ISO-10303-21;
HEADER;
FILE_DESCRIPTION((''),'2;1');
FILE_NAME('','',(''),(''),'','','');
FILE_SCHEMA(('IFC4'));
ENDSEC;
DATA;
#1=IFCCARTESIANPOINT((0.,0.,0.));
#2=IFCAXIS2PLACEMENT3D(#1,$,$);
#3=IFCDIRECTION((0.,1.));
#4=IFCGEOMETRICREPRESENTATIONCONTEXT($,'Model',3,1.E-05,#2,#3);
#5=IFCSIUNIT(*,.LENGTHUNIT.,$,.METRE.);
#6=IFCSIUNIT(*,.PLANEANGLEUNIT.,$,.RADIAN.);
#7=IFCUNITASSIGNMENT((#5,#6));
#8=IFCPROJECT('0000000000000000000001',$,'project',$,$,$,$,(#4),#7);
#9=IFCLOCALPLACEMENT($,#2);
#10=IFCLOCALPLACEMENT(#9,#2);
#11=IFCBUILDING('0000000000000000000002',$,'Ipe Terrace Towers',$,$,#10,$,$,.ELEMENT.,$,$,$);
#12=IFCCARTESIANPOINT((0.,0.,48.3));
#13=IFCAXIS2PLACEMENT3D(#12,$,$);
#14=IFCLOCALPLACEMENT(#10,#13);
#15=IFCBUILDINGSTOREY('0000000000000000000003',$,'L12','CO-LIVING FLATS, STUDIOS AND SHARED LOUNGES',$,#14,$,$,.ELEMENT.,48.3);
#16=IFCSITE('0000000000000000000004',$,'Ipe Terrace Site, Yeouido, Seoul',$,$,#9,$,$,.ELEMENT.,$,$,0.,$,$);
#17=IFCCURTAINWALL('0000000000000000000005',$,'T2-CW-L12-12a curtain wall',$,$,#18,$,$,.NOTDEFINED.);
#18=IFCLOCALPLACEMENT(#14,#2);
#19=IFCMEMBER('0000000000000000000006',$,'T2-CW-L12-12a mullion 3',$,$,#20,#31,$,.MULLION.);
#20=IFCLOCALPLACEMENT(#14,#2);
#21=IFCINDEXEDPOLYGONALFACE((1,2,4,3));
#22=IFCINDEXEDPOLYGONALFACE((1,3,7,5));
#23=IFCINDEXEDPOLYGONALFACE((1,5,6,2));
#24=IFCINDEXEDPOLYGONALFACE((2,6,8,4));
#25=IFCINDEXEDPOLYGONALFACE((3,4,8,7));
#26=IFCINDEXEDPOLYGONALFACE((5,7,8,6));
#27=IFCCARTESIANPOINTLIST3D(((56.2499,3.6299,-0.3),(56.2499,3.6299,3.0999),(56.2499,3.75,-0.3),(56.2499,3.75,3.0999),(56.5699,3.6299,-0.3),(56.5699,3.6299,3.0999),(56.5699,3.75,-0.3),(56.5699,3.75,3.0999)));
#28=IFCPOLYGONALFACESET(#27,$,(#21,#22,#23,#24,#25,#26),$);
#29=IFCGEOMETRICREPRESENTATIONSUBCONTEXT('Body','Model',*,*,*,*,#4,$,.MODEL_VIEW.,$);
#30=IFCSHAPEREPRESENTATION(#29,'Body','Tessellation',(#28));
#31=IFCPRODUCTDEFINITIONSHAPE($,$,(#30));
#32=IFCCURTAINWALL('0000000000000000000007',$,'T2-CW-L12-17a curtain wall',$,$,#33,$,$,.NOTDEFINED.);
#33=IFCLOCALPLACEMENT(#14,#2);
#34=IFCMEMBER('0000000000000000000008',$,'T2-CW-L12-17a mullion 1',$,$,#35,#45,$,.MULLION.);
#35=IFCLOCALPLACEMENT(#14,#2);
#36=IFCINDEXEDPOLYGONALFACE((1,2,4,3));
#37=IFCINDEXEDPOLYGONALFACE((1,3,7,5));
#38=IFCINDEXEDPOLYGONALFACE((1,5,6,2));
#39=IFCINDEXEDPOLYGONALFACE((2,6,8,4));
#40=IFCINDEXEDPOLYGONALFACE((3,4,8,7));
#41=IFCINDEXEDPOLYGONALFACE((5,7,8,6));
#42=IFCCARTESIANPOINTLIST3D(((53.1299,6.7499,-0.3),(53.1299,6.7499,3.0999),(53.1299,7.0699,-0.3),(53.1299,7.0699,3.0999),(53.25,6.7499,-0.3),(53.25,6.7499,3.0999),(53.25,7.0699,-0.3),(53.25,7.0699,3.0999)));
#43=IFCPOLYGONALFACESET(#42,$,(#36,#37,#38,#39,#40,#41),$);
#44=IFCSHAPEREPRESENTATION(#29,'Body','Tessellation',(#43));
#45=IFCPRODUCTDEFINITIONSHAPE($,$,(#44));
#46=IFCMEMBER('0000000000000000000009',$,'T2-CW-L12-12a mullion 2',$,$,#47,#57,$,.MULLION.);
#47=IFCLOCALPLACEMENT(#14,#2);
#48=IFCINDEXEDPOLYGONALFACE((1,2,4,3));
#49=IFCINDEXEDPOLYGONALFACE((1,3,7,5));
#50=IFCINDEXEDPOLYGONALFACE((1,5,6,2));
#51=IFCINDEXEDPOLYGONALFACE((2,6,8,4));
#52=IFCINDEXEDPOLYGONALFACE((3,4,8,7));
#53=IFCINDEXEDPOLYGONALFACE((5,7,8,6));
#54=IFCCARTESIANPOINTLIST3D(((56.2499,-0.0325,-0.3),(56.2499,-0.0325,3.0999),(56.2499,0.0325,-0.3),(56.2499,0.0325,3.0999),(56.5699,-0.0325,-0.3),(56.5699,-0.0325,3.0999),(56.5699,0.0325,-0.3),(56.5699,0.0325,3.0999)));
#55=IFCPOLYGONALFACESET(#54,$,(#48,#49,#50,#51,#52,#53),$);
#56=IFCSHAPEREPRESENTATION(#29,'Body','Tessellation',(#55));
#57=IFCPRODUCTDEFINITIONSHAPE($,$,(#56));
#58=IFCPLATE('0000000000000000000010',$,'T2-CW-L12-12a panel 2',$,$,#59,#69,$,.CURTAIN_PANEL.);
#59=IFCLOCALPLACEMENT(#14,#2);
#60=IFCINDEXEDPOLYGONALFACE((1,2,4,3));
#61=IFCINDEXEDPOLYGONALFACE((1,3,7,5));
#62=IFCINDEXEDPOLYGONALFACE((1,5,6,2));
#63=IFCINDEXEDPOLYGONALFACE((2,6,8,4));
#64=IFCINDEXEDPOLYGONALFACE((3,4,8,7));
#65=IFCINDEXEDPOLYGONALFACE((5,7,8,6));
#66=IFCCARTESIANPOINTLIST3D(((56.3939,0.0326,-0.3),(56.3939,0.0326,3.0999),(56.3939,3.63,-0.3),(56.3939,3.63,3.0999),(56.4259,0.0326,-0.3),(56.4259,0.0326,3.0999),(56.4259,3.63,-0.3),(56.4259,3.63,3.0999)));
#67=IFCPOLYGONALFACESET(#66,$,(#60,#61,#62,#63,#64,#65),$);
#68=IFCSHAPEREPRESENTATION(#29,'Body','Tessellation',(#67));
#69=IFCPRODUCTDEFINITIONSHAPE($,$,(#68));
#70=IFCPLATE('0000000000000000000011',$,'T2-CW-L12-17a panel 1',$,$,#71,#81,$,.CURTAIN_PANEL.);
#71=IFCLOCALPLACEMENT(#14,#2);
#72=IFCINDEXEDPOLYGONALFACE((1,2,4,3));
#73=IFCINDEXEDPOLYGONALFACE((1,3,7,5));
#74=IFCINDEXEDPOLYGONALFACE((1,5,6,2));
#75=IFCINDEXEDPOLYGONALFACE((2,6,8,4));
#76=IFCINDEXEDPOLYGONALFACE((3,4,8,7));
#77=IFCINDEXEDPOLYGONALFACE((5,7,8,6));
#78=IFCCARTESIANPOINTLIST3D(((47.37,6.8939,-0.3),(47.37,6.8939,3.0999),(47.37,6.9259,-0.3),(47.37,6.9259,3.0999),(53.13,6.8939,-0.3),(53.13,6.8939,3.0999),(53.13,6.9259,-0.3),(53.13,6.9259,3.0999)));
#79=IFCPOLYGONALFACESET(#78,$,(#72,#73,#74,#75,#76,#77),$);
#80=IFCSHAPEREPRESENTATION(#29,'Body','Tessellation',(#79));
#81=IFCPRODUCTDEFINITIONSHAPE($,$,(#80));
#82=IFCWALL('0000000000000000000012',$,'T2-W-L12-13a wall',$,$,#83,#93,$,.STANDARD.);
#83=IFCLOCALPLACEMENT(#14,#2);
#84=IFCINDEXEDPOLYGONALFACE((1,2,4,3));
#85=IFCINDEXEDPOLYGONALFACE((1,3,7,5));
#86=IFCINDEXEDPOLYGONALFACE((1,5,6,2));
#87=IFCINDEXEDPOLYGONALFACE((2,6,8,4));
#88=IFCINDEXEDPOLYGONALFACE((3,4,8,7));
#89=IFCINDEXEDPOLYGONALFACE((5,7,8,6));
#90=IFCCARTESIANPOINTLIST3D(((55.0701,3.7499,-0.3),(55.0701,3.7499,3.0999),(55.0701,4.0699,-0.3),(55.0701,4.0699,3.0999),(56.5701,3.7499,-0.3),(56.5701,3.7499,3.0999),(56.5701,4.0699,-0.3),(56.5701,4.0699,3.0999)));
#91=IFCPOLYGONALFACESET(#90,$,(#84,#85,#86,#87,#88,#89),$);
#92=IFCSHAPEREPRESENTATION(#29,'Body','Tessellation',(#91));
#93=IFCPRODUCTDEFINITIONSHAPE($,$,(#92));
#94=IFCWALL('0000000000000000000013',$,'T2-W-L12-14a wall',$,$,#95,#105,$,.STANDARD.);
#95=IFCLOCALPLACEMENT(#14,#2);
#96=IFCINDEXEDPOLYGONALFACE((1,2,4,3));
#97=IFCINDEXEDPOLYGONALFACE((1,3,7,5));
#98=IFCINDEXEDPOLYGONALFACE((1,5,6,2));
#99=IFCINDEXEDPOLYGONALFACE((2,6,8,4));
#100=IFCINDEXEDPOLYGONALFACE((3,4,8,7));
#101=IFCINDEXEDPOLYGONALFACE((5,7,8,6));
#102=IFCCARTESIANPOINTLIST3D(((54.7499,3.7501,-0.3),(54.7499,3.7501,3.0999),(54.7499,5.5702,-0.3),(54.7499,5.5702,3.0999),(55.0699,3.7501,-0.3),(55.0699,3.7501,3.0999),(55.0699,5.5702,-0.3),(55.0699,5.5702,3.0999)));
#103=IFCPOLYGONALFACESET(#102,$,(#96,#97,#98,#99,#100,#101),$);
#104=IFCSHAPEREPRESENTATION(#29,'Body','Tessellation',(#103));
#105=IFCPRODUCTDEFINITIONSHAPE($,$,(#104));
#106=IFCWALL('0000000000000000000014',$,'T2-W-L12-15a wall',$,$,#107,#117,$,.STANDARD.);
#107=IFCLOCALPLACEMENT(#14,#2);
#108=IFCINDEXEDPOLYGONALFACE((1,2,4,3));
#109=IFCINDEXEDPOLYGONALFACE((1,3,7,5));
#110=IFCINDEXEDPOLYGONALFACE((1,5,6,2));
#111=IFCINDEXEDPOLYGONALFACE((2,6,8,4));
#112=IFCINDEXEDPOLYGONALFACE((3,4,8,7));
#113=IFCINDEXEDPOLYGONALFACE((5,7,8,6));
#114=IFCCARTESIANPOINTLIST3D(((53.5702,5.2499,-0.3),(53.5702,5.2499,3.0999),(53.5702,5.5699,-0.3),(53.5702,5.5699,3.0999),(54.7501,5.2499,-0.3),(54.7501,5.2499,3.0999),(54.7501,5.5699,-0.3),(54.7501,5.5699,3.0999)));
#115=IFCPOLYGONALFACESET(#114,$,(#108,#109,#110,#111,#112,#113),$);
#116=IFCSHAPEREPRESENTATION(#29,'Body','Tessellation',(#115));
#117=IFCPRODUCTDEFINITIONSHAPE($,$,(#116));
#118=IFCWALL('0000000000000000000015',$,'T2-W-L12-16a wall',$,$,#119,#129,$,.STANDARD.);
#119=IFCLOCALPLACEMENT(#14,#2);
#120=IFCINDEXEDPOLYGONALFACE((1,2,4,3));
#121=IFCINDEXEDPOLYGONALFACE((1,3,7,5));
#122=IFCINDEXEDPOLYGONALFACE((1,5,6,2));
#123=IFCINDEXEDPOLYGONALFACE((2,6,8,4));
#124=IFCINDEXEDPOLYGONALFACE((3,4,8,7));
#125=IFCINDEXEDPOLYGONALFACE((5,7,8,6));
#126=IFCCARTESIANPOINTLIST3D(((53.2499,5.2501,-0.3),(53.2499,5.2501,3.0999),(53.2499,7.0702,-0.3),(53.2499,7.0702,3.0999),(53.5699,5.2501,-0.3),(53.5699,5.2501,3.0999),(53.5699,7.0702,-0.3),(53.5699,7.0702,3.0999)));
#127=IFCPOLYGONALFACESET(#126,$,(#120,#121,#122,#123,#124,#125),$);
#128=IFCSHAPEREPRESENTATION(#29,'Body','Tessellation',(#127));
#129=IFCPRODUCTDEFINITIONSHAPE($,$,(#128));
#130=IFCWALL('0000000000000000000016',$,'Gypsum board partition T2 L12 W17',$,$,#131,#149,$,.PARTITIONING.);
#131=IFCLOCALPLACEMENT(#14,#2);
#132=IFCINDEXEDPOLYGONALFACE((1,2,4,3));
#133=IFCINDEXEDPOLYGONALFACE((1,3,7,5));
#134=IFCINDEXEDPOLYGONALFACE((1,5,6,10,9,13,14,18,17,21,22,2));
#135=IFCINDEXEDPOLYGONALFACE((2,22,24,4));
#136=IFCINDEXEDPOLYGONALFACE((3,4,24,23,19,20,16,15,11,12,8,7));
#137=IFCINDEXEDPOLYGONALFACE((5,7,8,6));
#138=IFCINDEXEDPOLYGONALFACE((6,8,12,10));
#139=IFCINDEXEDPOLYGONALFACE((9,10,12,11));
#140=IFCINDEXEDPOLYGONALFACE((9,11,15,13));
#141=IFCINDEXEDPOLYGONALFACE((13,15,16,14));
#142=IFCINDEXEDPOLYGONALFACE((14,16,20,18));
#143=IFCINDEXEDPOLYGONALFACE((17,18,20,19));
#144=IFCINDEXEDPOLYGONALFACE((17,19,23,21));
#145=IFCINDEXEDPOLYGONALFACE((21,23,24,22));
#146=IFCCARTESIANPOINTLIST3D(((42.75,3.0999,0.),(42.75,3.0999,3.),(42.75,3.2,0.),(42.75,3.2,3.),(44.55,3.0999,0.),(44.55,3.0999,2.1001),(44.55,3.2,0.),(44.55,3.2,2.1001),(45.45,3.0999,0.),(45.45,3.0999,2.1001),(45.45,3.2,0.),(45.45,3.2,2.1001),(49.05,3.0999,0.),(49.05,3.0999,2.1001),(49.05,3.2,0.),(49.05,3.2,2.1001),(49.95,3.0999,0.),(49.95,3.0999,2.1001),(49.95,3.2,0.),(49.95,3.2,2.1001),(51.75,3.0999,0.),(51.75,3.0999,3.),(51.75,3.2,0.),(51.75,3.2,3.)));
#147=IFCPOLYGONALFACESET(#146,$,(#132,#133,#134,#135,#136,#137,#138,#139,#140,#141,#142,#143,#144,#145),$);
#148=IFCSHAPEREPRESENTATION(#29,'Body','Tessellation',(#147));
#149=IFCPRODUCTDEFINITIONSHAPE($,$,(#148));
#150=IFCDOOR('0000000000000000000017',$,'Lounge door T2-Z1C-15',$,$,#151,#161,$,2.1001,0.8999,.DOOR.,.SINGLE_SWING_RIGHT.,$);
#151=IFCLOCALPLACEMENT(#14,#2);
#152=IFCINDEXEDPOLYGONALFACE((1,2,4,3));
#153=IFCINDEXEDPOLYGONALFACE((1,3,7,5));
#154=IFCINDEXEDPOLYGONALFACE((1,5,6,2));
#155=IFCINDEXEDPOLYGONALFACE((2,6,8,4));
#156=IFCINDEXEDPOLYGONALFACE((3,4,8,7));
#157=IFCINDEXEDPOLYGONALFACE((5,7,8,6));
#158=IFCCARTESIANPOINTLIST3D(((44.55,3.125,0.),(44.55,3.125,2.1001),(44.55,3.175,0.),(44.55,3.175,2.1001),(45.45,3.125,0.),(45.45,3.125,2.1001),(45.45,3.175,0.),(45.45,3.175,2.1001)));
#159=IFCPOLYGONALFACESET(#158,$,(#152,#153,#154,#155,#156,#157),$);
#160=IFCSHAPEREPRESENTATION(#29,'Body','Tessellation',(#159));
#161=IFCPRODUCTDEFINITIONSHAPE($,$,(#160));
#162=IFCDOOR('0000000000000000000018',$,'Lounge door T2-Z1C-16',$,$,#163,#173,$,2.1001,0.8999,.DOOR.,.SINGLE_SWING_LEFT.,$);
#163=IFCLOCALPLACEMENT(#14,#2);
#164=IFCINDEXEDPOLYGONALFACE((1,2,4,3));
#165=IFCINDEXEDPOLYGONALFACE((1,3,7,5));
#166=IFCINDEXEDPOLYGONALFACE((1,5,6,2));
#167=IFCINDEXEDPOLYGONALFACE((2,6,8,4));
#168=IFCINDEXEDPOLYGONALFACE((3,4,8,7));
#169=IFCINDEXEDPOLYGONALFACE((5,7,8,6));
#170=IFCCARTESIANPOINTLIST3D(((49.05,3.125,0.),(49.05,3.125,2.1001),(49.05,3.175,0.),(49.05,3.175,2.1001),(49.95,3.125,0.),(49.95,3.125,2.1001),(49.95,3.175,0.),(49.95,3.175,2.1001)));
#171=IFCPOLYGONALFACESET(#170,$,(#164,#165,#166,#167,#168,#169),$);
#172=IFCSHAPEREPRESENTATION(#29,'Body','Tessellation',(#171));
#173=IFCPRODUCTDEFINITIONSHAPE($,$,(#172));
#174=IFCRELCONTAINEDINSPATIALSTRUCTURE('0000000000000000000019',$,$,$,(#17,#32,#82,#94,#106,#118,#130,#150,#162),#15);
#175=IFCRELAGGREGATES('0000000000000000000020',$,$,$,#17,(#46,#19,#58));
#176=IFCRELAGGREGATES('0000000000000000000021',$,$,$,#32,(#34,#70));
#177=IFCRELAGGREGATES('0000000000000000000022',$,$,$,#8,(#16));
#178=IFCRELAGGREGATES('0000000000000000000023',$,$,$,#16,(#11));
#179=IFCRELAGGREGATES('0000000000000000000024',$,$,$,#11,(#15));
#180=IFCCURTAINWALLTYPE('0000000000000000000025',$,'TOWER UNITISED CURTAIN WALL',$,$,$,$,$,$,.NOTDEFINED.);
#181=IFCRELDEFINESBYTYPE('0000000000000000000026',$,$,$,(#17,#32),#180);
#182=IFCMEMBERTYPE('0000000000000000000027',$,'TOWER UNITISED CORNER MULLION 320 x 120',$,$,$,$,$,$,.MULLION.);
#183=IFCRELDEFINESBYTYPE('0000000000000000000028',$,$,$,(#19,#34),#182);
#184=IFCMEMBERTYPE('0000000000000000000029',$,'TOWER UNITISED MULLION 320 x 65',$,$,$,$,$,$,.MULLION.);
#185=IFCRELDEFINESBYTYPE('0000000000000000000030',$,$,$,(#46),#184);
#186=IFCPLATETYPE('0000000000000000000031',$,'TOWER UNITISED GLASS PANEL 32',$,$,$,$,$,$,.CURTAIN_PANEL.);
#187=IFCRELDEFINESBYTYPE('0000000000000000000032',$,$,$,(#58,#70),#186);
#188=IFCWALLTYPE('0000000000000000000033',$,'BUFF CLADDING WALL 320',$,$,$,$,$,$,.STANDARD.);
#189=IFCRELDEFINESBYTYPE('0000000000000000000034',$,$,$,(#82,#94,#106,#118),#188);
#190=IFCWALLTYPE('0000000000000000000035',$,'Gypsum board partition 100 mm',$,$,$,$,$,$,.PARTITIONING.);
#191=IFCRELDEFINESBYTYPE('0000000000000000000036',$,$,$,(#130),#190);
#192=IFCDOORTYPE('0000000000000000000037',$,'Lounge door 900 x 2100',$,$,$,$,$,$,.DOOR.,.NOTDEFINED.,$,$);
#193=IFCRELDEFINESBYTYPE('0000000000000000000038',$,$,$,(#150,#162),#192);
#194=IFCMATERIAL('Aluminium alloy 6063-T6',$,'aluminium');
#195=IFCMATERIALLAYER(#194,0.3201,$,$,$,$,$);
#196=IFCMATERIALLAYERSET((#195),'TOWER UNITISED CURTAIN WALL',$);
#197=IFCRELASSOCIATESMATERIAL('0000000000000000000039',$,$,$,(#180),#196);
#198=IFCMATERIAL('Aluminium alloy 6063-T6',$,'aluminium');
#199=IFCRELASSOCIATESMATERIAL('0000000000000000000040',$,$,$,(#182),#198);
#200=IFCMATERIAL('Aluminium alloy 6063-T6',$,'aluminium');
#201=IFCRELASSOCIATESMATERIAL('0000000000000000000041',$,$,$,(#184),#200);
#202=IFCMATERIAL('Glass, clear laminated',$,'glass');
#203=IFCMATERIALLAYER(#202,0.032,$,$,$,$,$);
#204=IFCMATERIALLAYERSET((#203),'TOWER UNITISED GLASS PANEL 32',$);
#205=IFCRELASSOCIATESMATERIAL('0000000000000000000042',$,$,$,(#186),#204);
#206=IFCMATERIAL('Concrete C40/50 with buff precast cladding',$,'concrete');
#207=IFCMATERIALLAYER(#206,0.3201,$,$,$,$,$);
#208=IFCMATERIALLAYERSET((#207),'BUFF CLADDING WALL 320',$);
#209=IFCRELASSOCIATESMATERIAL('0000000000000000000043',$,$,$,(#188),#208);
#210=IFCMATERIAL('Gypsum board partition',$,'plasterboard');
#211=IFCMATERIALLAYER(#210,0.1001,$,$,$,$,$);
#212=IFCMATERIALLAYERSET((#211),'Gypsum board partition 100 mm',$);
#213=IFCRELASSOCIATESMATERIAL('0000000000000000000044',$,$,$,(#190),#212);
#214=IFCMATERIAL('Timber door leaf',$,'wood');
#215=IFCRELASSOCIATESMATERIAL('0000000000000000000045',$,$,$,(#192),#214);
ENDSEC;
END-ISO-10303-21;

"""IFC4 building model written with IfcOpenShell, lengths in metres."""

from ifc_helpers import new_model, si_unit, direction, frame, frame_2d, origin, origin_2d, place, context, subcontext, project, spatial, rectangle, extrude, material, layer, layer_set, material_profile, profile_set, type_object, element, fill, aggregate, save


model = new_model("IFC4")

# Units and contexts
model_context = context("Model", 3, precision=1e-05, world=origin(), true_north=direction((0.0, 1.0)))
body_context = subcontext(model_context, "Body", "Model", "MODEL_VIEW")
ifc_project = project(units=[si_unit("LENGTHUNIT", "METRE"), si_unit("PLANEANGLEUNIT", "RADIAN")], contexts=[model_context])

# Site, building, storey
site_placement = place(None, origin())
site = spatial("IfcSite", under=ifc_project, at=site_placement, Name="Ipe Terrace Site, Yeouido, Seoul", CompositionType="ELEMENT", RefElevation=0.0)
building_placement = place(site_placement, origin())
building = spatial("IfcBuilding", under=site, at=building_placement, Name="Ipe Terrace Towers", CompositionType="ELEMENT")
storey_placement = place(building_placement, frame((0.0, 0.0, 48.3)))
storey = spatial("IfcBuildingStorey", under=building, at=storey_placement, Name="L12", Description="CO-LIVING FLATS, STUDIOS AND SHARED LOUNGES", CompositionType="ELEMENT", Elevation=48.3)

# Curtain walls, members
ifc_material_1 = material(Name="Aluminium alloy 6063-T6", Category="aluminium")
ifc_layer_1 = layer(ifc_material_1, 0.3201)
ifc_layer_set_1 = layer_set([ifc_layer_1], Name="TOWER UNITISED CURTAIN WALL")
curtain_wall_type = type_object("IfcCurtainWallType", Name="TOWER UNITISED CURTAIN WALL", PredefinedType="NOTDEFINED", material=ifc_layer_set_1)
curtain_wall_1_placement = place(storey_placement, origin())
curtain_wall_1 = element("IfcCurtainWall", 1, at=curtain_wall_1_placement, inside=storey, type_object=curtain_wall_type, Name="T2-CW-L12-12a curtain wall", PredefinedType="NOTDEFINED")
ifc_material_2 = material(Name="Aluminium alloy 6063-T6", Category="aluminium")
ifc_material_profile_1 = material_profile(ifc_material_2, rectangle(XDim=0.3201, YDim=0.1201, at=origin_2d()), Name="TOWER UNITISED CORNER MULLION 320 x 120")
ifc_profile_set_1 = profile_set([ifc_material_profile_1], Name="Aluminium alloy 6063-T6")
member_type_1 = type_object("IfcMemberType", Name="TOWER UNITISED CORNER MULLION 320 x 120", PredefinedType="MULLION", material=ifc_profile_set_1)
member_1_placement = place(storey_placement, frame((56.4099, 3.6899, -0.3), z_axis=(0.0, 0.0, 1.0), x_axis=(1.0, 0.0, 0.0)))
member_1 = element("IfcMember", 2, at=member_1_placement, type_object=member_type_1, Name="T2-CW-L12-12a mullion 3", PredefinedType="MULLION", context=body_context, shape_type="SweptSolid", body=[
    extrude(rectangle(XDim=0.3201, YDim=0.1201, at=origin_2d()), origin(), (0.0, 0.0, 1.0), 3.3999),
])
curtain_wall_2_placement = place(storey_placement, origin())
curtain_wall_2 = element("IfcCurtainWall", 3, at=curtain_wall_2_placement, inside=storey, type_object=curtain_wall_type, Name="T2-CW-L12-17a curtain wall", PredefinedType="NOTDEFINED")
member_2_placement = place(storey_placement, frame((53.1899, 6.9099, -0.3), z_axis=(0.0, 0.0, 1.0), x_axis=(0.0, 1.0, 0.0)))
member_2 = element("IfcMember", 4, at=member_2_placement, type_object=member_type_1, Name="T2-CW-L12-17a mullion 1", PredefinedType="MULLION", context=body_context, shape_type="SweptSolid", body=[
    extrude(rectangle(XDim=0.3201, YDim=0.1201, at=origin_2d()), origin(), (0.0, 0.0, 1.0), 3.3999),
])

# Member
ifc_material_3 = material(Name="Aluminium alloy 6063-T6", Category="aluminium")
ifc_material_profile_2 = material_profile(ifc_material_3, rectangle(XDim=0.3201, YDim=0.0649, at=origin_2d()), Name="TOWER UNITISED MULLION 320 x 65")
ifc_profile_set_2 = profile_set([ifc_material_profile_2], Name="Aluminium alloy 6063-T6")
member_type_2 = type_object("IfcMemberType", Name="TOWER UNITISED MULLION 320 x 65", PredefinedType="MULLION", material=ifc_profile_set_2)
member_3_placement = place(storey_placement, frame((56.4099, 0.0, -0.3), z_axis=(0.0, 0.0, 1.0), x_axis=(1.0, 0.0, 0.0)))
member_3 = element("IfcMember", 5, at=member_3_placement, type_object=member_type_2, Name="T2-CW-L12-12a mullion 2", PredefinedType="MULLION", context=body_context, shape_type="SweptSolid", body=[
    extrude(rectangle(XDim=0.3201, YDim=0.0649, at=origin_2d()), origin(), (0.0, 0.0, 1.0), 3.3999),
])

# Plates
ifc_material_4 = material(Name="Glass, clear laminated", Category="glass")
ifc_layer_2 = layer(ifc_material_4, 0.032)
ifc_layer_set_2 = layer_set([ifc_layer_2], Name="TOWER UNITISED GLASS PANEL 32")
plate_type = type_object("IfcPlateType", Name="TOWER UNITISED GLASS PANEL 32", PredefinedType="CURTAIN_PANEL", material=ifc_layer_set_2)
plate_1_placement = place(storey_placement, frame((56.4099, 1.8313, -0.3), z_axis=(0.0, 0.0, 1.0), x_axis=(0.0, 1.0, 0.0)))
plate_1 = element("IfcPlate", 6, at=plate_1_placement, type_object=plate_type, Name="T2-CW-L12-12a panel 2", PredefinedType="CURTAIN_PANEL", context=body_context, shape_type="SweptSolid", body=[
    extrude(rectangle(XDim=3.5974, YDim=0.032, at=origin_2d()), origin(), (0.0, 0.0, 1.0), 3.3999),
])
aggregate(curtain_wall_1, [member_3, member_1, plate_1])
plate_2_placement = place(storey_placement, frame((50.25, 6.9099, -0.3), z_axis=(0.0, 0.0, 1.0), x_axis=(-1.0, 0.0, 0.0)))
plate_2 = element("IfcPlate", 7, at=plate_2_placement, type_object=plate_type, Name="T2-CW-L12-17a panel 1", PredefinedType="CURTAIN_PANEL", context=body_context, shape_type="SweptSolid", body=[
    extrude(rectangle(XDim=5.76, YDim=0.032, at=origin_2d()), origin(), (0.0, 0.0, 1.0), 3.3999),
])
aggregate(curtain_wall_2, [member_2, plate_2])

# Walls
ifc_material_5 = material(Name="Concrete C40/50 with buff precast cladding", Category="concrete")
ifc_layer_3 = layer(ifc_material_5, 0.3201)
ifc_layer_set_3 = layer_set([ifc_layer_3], Name="BUFF CLADDING WALL 320")
wall_type_1 = type_object("IfcWallType", Name="BUFF CLADDING WALL 320", PredefinedType="STANDARD", material=ifc_layer_set_3)
wall_1_placement = place(storey_placement, frame((56.5701, 3.9099, -0.3), z_axis=(0.0, 0.0, 1.0), x_axis=(-1.0, 0.0, 0.0)))
element("IfcWall", 8, at=wall_1_placement, inside=storey, type_object=wall_type_1, Name="T2-W-L12-13a wall", PredefinedType="STANDARD", context=body_context, shape_type="SweptSolid", body=[
    extrude(rectangle(XDim=1.5, YDim=0.3201, at=frame_2d((0.75, 0.0))), origin(), (0.0, 0.0, 1.0), 3.3999),
])
wall_2_placement = place(storey_placement, frame((54.9099, 3.75, -0.3), z_axis=(0.0, 0.0, 1.0), x_axis=(0.0, 1.0, 0.0)))
element("IfcWall", 9, at=wall_2_placement, inside=storey, type_object=wall_type_1, Name="T2-W-L12-14a wall", PredefinedType="STANDARD", context=body_context, shape_type="SweptSolid", body=[
    extrude(rectangle(XDim=1.8201, YDim=0.3201, at=frame_2d((0.9102, 0.0))), origin(), (0.0, 0.0, 1.0), 3.3999),
])
wall_3_placement = place(storey_placement, frame((54.75, 5.4099, -0.3), z_axis=(0.0, 0.0, 1.0), x_axis=(-1.0, 0.0, 0.0)))
element("IfcWall", 10, at=wall_3_placement, inside=storey, type_object=wall_type_1, Name="T2-W-L12-15a wall", PredefinedType="STANDARD", context=body_context, shape_type="SweptSolid", body=[
    extrude(rectangle(XDim=1.1799, YDim=0.3201, at=frame_2d((0.5898, 0.0))), origin(), (0.0, 0.0, 1.0), 3.3999),
])
wall_4_placement = place(storey_placement, frame((53.4099, 5.25, -0.3), z_axis=(0.0, 0.0, 1.0), x_axis=(0.0, 1.0, 0.0)))
element("IfcWall", 11, at=wall_4_placement, inside=storey, type_object=wall_type_1, Name="T2-W-L12-16a wall", PredefinedType="STANDARD", context=body_context, shape_type="SweptSolid", body=[
    extrude(rectangle(XDim=1.8201, YDim=0.3201, at=frame_2d((0.9102, 0.0))), origin(), (0.0, 0.0, 1.0), 3.3999),
])

# Wall, openings, doors
ifc_material_6 = material(Name="Gypsum board partition", Category="plasterboard")
ifc_layer_4 = layer(ifc_material_6, 0.1001)
ifc_layer_set_4 = layer_set([ifc_layer_4], Name="Gypsum board partition 100 mm")
wall_type_2 = type_object("IfcWallType", Name="Gypsum board partition 100 mm", PredefinedType="PARTITIONING", material=ifc_layer_set_4)
wall_5_placement = place(storey_placement, frame((51.75, 3.1499, 0.0), z_axis=(0.0, 0.0, 1.0), x_axis=(-1.0, 0.0, 0.0)))
wall_5 = element("IfcWall", 12, at=wall_5_placement, inside=storey, type_object=wall_type_2, Name="Gypsum board partition T2 L12 W17", PredefinedType="PARTITIONING", context=body_context, shape_type="SweptSolid", body=[
    extrude(rectangle(XDim=9.0, YDim=0.1001, at=frame_2d((4.5, 0.0))), origin(), (0.0, 0.0, 1.0), 3.0),
])
opening_1_placement = place(wall_5_placement, frame((6.3, 0.0, 0.0)))
opening_1 = element("IfcOpeningElement", 13, at=opening_1_placement, cuts=wall_5, PredefinedType="OPENING", context=body_context, shape_type="SweptSolid", body=[
    extrude(rectangle(XDim=0.8999, YDim=2.1001, at=frame_2d((0.45, 1.05))), frame((0.0, 0.0601, 0.0), z_axis=(0.0, -1.0, 0.0), x_axis=(1.0, 0.0, 0.0)), (0.0, 0.0, 1.0), 0.1201),
])
opening_2_placement = place(wall_5_placement, frame((1.8, 0.0, 0.0)))
opening_2 = element("IfcOpeningElement", 14, at=opening_2_placement, cuts=wall_5, PredefinedType="OPENING", context=body_context, shape_type="SweptSolid", body=[
    extrude(rectangle(XDim=0.8999, YDim=2.1001, at=frame_2d((0.45, 1.05))), frame((0.0, 0.0601, 0.0), z_axis=(0.0, -1.0, 0.0), x_axis=(1.0, 0.0, 0.0)), (0.0, 0.0, 1.0), 0.1201),
])
ifc_material_7 = material(Name="Timber door leaf", Category="wood")
door_type_1 = type_object("IfcDoorType", Name="Lounge door 900 x 2100", OperationType="NOTDEFINED", PredefinedType="DOOR", material=ifc_material_7)
door_1_placement = place(opening_1_placement, origin())
door_1 = element("IfcDoor", 15, at=door_1_placement, inside=storey, type_object=door_type_1, Name="Lounge door T2-Z1C-15", OperationType="SINGLE_SWING_RIGHT", OverallHeight=2.1001, OverallWidth=0.8999, PredefinedType="DOOR", context=body_context, shape_type="SweptSolid", body=[
    extrude(rectangle(XDim=0.8999, YDim=2.1001, at=frame_2d((0.45, 1.05))), frame((0.0, 0.0249, 0.0), z_axis=(0.0, -1.0, 0.0), x_axis=(1.0, 0.0, 0.0)), (0.0, 0.0, 1.0), 0.05),
])
fill(opening_1, door_1)
door_2_placement = place(opening_2_placement, origin())
door_2 = element("IfcDoor", 16, at=door_2_placement, inside=storey, type_object=door_type_1, Name="Lounge door T2-Z1C-16", OperationType="SINGLE_SWING_LEFT", OverallHeight=2.1001, OverallWidth=0.8999, PredefinedType="DOOR", context=body_context, shape_type="SweptSolid", body=[
    extrude(rectangle(XDim=0.8999, YDim=2.1001, at=frame_2d((0.45, 1.05))), frame((0.0, 0.0249, 0.0), z_axis=(0.0, -1.0, 0.0), x_axis=(1.0, 0.0, 0.0)), (0.0, 0.0, 1.0), 0.05),
])
fill(opening_2, door_2)

save(model, "model.ifc")
